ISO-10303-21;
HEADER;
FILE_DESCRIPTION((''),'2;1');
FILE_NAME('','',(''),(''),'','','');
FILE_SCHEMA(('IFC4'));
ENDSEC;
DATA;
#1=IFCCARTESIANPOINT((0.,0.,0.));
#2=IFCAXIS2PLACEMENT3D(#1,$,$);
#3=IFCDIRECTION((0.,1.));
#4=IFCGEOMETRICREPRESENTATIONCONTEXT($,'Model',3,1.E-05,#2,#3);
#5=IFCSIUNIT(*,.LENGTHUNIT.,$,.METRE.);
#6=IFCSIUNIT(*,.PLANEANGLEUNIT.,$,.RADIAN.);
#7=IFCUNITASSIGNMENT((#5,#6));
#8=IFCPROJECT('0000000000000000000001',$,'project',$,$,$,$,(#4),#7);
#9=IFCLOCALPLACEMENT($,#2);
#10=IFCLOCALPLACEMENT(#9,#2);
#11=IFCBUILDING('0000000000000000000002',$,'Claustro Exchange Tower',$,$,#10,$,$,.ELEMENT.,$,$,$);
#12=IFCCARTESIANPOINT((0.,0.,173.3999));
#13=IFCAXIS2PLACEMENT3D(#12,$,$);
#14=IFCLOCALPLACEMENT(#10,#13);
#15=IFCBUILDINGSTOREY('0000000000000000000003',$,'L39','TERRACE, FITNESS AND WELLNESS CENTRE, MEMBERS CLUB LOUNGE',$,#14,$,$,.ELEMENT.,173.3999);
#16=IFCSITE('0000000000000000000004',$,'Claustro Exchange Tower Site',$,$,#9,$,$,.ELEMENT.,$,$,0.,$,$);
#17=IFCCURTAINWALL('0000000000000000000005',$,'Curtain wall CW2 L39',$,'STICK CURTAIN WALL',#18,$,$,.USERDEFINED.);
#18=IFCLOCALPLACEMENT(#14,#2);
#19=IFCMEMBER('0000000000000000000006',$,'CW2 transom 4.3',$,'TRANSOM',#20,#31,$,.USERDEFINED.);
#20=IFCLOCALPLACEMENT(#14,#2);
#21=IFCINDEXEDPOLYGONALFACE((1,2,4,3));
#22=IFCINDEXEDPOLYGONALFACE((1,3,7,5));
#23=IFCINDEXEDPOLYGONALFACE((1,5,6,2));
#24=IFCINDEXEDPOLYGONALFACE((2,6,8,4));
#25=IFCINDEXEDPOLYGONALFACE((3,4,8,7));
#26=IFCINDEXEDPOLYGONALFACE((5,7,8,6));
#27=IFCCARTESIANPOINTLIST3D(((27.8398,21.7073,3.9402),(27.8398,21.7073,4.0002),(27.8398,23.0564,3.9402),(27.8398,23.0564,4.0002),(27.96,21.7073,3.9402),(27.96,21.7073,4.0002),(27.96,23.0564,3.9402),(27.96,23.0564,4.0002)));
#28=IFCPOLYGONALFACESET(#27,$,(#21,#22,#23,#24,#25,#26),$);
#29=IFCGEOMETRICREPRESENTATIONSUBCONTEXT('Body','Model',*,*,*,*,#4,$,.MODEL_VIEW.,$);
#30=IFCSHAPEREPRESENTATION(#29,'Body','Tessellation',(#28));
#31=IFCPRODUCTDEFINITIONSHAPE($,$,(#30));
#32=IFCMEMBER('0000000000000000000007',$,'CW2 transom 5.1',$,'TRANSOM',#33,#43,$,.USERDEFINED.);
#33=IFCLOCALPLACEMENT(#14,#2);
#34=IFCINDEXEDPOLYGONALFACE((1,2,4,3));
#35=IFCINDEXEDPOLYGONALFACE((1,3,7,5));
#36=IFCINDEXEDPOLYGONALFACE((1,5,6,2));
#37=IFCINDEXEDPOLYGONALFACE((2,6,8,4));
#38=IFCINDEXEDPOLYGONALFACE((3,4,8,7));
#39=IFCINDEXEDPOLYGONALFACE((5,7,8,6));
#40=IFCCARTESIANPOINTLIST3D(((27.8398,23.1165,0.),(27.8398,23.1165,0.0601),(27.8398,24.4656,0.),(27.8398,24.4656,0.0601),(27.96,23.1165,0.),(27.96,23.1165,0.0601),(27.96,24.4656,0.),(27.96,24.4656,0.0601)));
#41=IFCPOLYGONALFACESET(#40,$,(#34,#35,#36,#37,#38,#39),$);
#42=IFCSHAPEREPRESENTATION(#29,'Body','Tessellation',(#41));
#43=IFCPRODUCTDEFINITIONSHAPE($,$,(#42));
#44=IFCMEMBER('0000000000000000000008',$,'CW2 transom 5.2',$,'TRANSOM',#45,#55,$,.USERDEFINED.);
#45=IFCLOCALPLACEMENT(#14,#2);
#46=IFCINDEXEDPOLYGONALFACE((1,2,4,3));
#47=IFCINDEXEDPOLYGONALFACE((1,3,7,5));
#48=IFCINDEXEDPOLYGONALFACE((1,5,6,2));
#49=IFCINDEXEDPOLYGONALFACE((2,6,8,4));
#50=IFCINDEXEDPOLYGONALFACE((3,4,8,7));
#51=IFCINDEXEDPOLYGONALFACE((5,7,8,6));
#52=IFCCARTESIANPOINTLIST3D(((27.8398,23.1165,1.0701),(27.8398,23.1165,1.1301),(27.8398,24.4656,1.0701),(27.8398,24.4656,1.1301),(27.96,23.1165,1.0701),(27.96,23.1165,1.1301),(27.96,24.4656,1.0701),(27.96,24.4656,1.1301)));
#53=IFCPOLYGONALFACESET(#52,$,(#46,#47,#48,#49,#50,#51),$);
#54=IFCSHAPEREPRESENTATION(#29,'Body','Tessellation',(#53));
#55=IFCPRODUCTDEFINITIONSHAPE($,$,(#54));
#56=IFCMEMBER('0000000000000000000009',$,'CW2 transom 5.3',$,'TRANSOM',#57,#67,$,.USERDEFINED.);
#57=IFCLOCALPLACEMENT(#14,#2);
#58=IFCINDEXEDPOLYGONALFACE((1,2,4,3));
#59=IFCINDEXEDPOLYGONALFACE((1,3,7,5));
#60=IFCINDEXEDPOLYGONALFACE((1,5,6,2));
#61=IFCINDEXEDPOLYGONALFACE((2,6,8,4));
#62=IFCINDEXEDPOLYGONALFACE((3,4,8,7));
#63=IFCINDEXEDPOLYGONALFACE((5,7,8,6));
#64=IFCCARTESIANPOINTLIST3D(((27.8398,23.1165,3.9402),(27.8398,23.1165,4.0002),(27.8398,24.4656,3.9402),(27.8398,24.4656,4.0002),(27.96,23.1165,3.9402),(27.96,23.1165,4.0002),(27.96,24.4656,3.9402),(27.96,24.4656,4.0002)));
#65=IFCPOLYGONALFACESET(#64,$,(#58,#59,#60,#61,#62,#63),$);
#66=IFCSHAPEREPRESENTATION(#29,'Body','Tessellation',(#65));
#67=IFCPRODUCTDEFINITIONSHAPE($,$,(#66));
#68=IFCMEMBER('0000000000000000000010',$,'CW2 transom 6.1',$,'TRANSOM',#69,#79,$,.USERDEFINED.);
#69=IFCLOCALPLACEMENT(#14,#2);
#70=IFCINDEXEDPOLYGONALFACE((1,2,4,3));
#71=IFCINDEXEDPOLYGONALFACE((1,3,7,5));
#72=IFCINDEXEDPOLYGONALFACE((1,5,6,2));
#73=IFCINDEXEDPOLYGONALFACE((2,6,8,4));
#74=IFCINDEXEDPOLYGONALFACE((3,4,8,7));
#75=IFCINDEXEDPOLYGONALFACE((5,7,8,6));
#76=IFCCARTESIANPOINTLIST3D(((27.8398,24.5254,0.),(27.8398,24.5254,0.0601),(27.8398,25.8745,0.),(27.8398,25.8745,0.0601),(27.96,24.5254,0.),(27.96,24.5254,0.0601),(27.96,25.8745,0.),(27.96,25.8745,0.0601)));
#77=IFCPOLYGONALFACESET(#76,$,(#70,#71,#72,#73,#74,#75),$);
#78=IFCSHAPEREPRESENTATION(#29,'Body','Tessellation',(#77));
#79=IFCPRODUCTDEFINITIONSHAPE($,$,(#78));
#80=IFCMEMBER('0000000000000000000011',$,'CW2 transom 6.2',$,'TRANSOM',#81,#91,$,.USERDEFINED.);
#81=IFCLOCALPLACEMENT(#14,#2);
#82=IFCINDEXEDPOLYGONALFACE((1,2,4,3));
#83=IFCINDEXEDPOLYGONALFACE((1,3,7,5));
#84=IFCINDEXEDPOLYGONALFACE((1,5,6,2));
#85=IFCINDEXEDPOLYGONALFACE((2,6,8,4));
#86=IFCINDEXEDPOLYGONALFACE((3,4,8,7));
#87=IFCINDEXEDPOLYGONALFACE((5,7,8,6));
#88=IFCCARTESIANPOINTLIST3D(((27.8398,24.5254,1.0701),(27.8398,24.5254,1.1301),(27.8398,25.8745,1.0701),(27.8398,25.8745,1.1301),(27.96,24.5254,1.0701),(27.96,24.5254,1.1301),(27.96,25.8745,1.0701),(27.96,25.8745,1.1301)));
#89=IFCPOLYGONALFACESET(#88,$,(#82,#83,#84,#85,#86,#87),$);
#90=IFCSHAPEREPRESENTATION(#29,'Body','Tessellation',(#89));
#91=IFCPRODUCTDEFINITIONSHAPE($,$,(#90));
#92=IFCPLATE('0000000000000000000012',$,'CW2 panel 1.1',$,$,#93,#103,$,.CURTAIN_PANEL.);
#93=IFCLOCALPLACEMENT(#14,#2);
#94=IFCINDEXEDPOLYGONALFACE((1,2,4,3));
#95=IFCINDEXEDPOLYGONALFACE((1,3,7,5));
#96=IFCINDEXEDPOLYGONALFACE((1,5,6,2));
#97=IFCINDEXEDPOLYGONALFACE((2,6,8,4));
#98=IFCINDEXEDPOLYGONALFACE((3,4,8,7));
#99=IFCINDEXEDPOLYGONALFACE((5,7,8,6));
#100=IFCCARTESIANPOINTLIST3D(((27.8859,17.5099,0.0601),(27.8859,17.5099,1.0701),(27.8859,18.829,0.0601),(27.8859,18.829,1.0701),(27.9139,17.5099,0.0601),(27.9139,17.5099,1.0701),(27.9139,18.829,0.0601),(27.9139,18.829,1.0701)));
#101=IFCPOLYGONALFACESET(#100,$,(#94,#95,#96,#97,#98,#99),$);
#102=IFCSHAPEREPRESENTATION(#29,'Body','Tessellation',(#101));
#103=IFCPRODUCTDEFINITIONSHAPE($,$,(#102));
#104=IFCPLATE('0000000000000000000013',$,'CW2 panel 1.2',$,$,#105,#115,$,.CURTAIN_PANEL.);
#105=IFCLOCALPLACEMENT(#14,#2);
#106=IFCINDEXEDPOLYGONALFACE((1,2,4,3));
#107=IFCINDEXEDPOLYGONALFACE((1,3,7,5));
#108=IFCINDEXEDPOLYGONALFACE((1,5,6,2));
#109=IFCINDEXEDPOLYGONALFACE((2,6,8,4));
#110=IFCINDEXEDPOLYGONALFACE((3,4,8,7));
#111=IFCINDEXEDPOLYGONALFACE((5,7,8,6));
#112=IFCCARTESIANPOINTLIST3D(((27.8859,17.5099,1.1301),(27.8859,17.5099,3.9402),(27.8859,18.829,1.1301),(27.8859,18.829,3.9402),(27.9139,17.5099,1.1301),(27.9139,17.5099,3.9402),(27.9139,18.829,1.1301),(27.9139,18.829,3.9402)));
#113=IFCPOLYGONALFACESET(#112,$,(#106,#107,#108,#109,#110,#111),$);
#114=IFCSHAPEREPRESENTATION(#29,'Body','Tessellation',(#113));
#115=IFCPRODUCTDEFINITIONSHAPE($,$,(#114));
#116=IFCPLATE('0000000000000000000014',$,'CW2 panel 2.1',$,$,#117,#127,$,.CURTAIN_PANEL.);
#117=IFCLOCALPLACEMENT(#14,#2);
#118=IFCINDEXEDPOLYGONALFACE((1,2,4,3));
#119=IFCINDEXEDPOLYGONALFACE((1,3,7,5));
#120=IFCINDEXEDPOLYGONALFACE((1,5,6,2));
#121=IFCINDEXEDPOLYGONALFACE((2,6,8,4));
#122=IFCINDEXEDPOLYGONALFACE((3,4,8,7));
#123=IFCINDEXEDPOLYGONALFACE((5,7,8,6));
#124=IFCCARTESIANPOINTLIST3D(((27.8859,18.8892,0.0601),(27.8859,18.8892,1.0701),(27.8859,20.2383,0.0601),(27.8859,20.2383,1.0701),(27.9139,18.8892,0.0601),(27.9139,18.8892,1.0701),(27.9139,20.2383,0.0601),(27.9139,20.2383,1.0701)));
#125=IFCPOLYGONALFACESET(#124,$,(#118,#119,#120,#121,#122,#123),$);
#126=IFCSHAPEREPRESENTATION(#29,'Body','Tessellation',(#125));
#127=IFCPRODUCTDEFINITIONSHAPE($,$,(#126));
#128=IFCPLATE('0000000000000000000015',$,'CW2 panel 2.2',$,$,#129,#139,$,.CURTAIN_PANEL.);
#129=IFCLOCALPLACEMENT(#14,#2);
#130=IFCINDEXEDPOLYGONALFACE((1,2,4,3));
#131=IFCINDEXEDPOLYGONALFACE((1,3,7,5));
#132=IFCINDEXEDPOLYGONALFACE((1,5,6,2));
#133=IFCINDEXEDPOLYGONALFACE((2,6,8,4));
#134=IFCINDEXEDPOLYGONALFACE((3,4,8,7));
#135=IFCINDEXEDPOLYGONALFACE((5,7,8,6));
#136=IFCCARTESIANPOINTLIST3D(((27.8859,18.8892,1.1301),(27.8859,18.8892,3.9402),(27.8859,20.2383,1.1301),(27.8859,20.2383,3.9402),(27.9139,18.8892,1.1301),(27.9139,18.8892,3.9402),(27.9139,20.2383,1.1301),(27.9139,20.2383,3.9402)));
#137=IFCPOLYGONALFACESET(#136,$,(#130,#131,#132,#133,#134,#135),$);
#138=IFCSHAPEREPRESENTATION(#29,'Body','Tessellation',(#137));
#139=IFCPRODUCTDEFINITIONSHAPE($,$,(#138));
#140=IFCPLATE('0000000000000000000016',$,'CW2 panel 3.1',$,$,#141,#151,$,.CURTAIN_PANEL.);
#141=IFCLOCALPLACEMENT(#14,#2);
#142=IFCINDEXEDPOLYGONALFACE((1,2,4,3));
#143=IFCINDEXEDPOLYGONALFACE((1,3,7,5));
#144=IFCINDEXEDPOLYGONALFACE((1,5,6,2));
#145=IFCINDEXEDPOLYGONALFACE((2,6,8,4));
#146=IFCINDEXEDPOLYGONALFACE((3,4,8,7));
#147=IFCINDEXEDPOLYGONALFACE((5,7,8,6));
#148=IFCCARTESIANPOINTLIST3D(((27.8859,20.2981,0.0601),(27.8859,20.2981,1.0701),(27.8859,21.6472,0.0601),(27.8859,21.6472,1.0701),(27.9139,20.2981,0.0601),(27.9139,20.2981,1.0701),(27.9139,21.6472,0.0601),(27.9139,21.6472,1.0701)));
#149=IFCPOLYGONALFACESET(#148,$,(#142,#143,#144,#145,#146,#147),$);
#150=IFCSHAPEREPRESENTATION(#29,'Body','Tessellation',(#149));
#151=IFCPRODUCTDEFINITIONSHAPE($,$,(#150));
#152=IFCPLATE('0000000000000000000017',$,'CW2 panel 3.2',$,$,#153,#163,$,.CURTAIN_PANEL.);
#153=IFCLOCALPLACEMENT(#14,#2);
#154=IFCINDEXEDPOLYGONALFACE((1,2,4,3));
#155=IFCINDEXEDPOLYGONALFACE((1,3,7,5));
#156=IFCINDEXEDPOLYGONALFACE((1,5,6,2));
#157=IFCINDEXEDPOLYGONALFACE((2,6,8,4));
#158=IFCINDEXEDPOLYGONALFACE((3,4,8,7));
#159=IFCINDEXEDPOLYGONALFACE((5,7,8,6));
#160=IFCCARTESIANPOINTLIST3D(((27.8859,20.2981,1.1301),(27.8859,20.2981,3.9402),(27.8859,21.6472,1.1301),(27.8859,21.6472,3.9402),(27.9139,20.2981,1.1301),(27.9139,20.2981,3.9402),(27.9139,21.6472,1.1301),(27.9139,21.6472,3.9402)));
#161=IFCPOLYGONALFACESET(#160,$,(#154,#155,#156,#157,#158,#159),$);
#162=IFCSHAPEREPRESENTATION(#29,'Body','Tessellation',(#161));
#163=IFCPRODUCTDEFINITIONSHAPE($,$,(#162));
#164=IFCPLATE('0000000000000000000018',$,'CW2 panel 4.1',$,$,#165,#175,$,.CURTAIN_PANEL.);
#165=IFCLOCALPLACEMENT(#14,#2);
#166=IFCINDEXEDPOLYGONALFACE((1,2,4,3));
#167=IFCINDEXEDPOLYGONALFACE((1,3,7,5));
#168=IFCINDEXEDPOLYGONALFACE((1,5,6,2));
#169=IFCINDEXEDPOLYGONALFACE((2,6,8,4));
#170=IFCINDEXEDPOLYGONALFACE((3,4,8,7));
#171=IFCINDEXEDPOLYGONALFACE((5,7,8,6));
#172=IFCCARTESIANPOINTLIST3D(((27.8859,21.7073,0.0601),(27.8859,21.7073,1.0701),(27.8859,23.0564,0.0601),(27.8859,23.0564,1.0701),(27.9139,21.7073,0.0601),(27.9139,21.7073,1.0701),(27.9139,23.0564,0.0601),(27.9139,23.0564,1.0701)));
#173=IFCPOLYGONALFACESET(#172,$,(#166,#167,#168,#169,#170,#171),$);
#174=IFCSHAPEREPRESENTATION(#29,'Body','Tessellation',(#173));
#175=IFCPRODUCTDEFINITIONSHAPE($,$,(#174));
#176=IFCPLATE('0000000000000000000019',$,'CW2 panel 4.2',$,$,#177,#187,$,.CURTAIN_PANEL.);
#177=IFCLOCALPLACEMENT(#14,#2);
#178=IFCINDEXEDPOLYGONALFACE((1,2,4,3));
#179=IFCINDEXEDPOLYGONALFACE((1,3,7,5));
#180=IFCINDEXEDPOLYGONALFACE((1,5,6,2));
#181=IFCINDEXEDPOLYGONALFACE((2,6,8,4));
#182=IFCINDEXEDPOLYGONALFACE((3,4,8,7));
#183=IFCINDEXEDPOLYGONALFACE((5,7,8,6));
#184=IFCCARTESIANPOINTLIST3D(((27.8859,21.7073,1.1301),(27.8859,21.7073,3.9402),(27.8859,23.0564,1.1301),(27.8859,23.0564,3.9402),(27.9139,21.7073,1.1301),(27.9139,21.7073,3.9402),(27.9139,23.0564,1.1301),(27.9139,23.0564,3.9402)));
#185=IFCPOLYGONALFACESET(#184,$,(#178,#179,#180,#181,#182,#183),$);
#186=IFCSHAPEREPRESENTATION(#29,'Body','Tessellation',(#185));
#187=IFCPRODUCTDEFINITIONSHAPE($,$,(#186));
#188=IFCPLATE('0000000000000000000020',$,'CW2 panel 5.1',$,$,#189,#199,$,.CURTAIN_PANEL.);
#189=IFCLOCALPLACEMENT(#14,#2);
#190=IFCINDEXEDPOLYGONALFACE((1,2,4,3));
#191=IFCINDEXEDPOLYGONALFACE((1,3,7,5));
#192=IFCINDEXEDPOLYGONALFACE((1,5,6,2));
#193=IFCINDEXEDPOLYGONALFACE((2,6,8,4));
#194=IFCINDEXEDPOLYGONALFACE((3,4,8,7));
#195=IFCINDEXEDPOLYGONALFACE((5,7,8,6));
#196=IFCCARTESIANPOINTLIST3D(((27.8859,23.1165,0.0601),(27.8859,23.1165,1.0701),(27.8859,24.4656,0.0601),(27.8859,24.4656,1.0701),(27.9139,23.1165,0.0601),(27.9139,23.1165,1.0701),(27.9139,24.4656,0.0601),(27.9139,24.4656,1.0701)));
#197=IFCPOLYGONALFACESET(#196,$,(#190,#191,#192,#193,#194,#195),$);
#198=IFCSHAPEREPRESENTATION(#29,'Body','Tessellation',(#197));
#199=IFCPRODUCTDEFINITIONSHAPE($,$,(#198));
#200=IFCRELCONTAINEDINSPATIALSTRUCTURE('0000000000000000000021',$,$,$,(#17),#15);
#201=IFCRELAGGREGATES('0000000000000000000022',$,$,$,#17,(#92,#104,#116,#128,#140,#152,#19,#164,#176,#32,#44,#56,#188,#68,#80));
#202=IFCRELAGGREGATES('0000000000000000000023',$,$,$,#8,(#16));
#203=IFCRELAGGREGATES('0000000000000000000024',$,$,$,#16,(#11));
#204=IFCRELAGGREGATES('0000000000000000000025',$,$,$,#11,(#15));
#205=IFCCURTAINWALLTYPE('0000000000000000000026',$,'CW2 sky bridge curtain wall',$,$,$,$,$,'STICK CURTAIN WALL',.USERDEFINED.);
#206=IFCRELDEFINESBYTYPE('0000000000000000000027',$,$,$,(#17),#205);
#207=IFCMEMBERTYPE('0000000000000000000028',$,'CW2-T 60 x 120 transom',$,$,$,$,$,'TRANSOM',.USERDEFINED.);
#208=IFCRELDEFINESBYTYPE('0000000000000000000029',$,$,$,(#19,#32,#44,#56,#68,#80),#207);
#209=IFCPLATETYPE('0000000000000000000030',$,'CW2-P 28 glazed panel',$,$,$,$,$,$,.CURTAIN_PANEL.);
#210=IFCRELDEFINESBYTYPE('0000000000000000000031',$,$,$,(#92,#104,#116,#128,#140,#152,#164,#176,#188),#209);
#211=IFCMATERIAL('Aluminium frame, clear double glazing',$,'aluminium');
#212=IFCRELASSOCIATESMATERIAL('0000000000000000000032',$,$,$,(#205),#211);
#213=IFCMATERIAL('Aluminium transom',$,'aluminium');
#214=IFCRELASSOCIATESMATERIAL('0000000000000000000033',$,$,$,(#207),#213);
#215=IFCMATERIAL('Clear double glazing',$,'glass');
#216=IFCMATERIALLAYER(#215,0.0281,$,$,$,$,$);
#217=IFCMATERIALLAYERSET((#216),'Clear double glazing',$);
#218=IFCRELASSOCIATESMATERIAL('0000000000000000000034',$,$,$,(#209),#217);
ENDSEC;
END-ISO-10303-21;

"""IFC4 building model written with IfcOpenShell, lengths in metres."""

from ifc_helpers import new_model, si_unit, direction, frame, origin, origin_2d, place, context, subcontext, project, spatial, rectangle, extrude, material, layer, layer_set, material_profile, profile_set, type_object, element, aggregate, save


model = new_model("IFC4")

# Units and contexts
model_context = context("Model", 3, precision=1e-05, world=origin(), true_north=direction((0.0, 1.0)))
body_context = subcontext(model_context, "Body", "Model", "MODEL_VIEW")
ifc_project = project(units=[si_unit("LENGTHUNIT", "METRE"), si_unit("PLANEANGLEUNIT", "RADIAN")], contexts=[model_context])

# Site, building, storey
site_placement = place(None, origin())
site = spatial("IfcSite", under=ifc_project, at=site_placement, Name="Claustro Exchange Tower Site", CompositionType="ELEMENT", RefElevation=0.0)
building_placement = place(site_placement, origin())
building = spatial("IfcBuilding", under=site, at=building_placement, Name="Claustro Exchange Tower", CompositionType="ELEMENT")
storey_placement = place(building_placement, frame((0.0, 0.0, 173.3999)))
storey = spatial("IfcBuildingStorey", under=building, at=storey_placement, Name="L39", Description="TERRACE, FITNESS AND WELLNESS CENTRE, MEMBERS CLUB LOUNGE", CompositionType="ELEMENT", Elevation=173.3999)

# Curtain wall, members, plates
ifc_material_1 = material(Name="Aluminium frame, clear double glazing", Category="aluminium")
curtain_wall_type = type_object("IfcCurtainWallType", Name="CW2 sky bridge curtain wall", ElementType="STICK CURTAIN WALL", PredefinedType="USERDEFINED", material=ifc_material_1)
curtain_wall_placement = place(storey_placement, origin())
curtain_wall = element("IfcCurtainWall", 1, at=curtain_wall_placement, inside=storey, type_object=curtain_wall_type, Name="Curtain wall CW2 L39", ObjectType="STICK CURTAIN WALL", PredefinedType="USERDEFINED")
ifc_material_2 = material(Name="Aluminium transom", Category="aluminium")
ifc_material_profile_1 = material_profile(ifc_material_2, rectangle(XDim=0.1201, YDim=0.0601, at=origin_2d()), Name="CW2-T 60x120")
ifc_profile_set_1 = profile_set([ifc_material_profile_1], Name="Aluminium transom")
member_type_1 = type_object("IfcMemberType", Name="CW2-T 60 x 120 transom", ElementType="TRANSOM", PredefinedType="USERDEFINED", material=ifc_profile_set_1)
member_1_placement = place(storey_placement, frame((27.8999, 21.7073, 3.9702), z_axis=(0.0, 1.0, 0.0), x_axis=(-1.0, 0.0, 0.0)))
member_1 = element("IfcMember", 2, at=member_1_placement, type_object=member_type_1, Name="CW2 transom 4.3", ObjectType="TRANSOM", PredefinedType="USERDEFINED", context=body_context, shape_type="SweptSolid", body=[
    extrude(rectangle(XDim=0.1201, YDim=0.0601, at=origin_2d()), origin(), (0.0, 0.0, 1.0), 1.3491),
])
member_2_placement = place(storey_placement, frame((27.8999, 23.1165, 0.03), z_axis=(0.0, 1.0, 0.0), x_axis=(-1.0, 0.0, 0.0)))
member_2 = element("IfcMember", 3, at=member_2_placement, type_object=member_type_1, Name="CW2 transom 5.1", ObjectType="TRANSOM", PredefinedType="USERDEFINED", context=body_context, shape_type="SweptSolid", body=[
    extrude(rectangle(XDim=0.1201, YDim=0.0601, at=origin_2d()), origin(), (0.0, 0.0, 1.0), 1.3491),
])
member_3_placement = place(storey_placement, frame((27.8999, 23.1165, 1.1001), z_axis=(0.0, 1.0, 0.0), x_axis=(-1.0, 0.0, 0.0)))
member_3 = element("IfcMember", 4, at=member_3_placement, type_object=member_type_1, Name="CW2 transom 5.2", ObjectType="TRANSOM", PredefinedType="USERDEFINED", context=body_context, shape_type="SweptSolid", body=[
    extrude(rectangle(XDim=0.1201, YDim=0.0601, at=origin_2d()), origin(), (0.0, 0.0, 1.0), 1.3491),
])
member_4_placement = place(storey_placement, frame((27.8999, 23.1165, 3.9702), z_axis=(0.0, 1.0, 0.0), x_axis=(-1.0, 0.0, 0.0)))
member_4 = element("IfcMember", 5, at=member_4_placement, type_object=member_type_1, Name="CW2 transom 5.3", ObjectType="TRANSOM", PredefinedType="USERDEFINED", context=body_context, shape_type="SweptSolid", body=[
    extrude(rectangle(XDim=0.1201, YDim=0.0601, at=origin_2d()), origin(), (0.0, 0.0, 1.0), 1.3491),
])
member_5_placement = place(storey_placement, frame((27.8999, 24.5254, 0.03), z_axis=(0.0, 1.0, 0.0), x_axis=(-1.0, 0.0, 0.0)))
member_5 = element("IfcMember", 6, at=member_5_placement, type_object=member_type_1, Name="CW2 transom 6.1", ObjectType="TRANSOM", PredefinedType="USERDEFINED", context=body_context, shape_type="SweptSolid", body=[
    extrude(rectangle(XDim=0.1201, YDim=0.0601, at=origin_2d()), origin(), (0.0, 0.0, 1.0), 1.3491),
])
member_6_placement = place(storey_placement, frame((27.8999, 24.5254, 1.1001), z_axis=(0.0, 1.0, 0.0), x_axis=(-1.0, 0.0, 0.0)))
member_6 = element("IfcMember", 7, at=member_6_placement, type_object=member_type_1, Name="CW2 transom 6.2", ObjectType="TRANSOM", PredefinedType="USERDEFINED", context=body_context, shape_type="SweptSolid", body=[
    extrude(rectangle(XDim=0.1201, YDim=0.0601, at=origin_2d()), origin(), (0.0, 0.0, 1.0), 1.3491),
])
ifc_material_3 = material(Name="Clear double glazing", Category="glass")
ifc_layer = layer(ifc_material_3, 0.0281)
ifc_layer_set = layer_set([ifc_layer], Name="Clear double glazing")
plate_type = type_object("IfcPlateType", Name="CW2-P 28 glazed panel", PredefinedType="CURTAIN_PANEL", material=ifc_layer_set)
plate_1_placement = place(storey_placement, frame((27.8999, 18.1694, 0.0601), z_axis=(0.0, 0.0, 1.0), x_axis=(0.0, 1.0, 0.0)))
plate_1 = element("IfcPlate", 8, at=plate_1_placement, type_object=plate_type, Name="CW2 panel 1.1", PredefinedType="CURTAIN_PANEL", context=body_context, shape_type="SweptSolid", body=[
    extrude(rectangle(XDim=1.3191, YDim=0.0281, at=origin_2d()), origin(), (0.0, 0.0, 1.0), 1.01),
])
plate_2_placement = place(storey_placement, frame((27.8999, 18.1694, 1.1301), z_axis=(0.0, 0.0, 1.0), x_axis=(0.0, 1.0, 0.0)))
plate_2 = element("IfcPlate", 9, at=plate_2_placement, type_object=plate_type, Name="CW2 panel 1.2", PredefinedType="CURTAIN_PANEL", context=body_context, shape_type="SweptSolid", body=[
    extrude(rectangle(XDim=1.3191, YDim=0.0281, at=origin_2d()), origin(), (0.0, 0.0, 1.0), 2.8101),
])
plate_3_placement = place(storey_placement, frame((27.8999, 19.5637, 0.0601), z_axis=(0.0, 0.0, 1.0), x_axis=(0.0, 1.0, 0.0)))
plate_3 = element("IfcPlate", 10, at=plate_3_placement, type_object=plate_type, Name="CW2 panel 2.1", PredefinedType="CURTAIN_PANEL", context=body_context, shape_type="SweptSolid", body=[
    extrude(rectangle(XDim=1.3491, YDim=0.0281, at=origin_2d()), origin(), (0.0, 0.0, 1.0), 1.01),
])
plate_4_placement = place(storey_placement, frame((27.8999, 19.5637, 1.1301), z_axis=(0.0, 0.0, 1.0), x_axis=(0.0, 1.0, 0.0)))
plate_4 = element("IfcPlate", 11, at=plate_4_placement, type_object=plate_type, Name="CW2 panel 2.2", PredefinedType="CURTAIN_PANEL", context=body_context, shape_type="SweptSolid", body=[
    extrude(rectangle(XDim=1.3491, YDim=0.0281, at=origin_2d()), origin(), (0.0, 0.0, 1.0), 2.8101),
])
plate_5_placement = place(storey_placement, frame((27.8999, 20.9727, 0.0601), z_axis=(0.0, 0.0, 1.0), x_axis=(0.0, 1.0, 0.0)))
plate_5 = element("IfcPlate", 12, at=plate_5_placement, type_object=plate_type, Name="CW2 panel 3.1", PredefinedType="CURTAIN_PANEL", context=body_context, shape_type="SweptSolid", body=[
    extrude(rectangle(XDim=1.3491, YDim=0.0281, at=origin_2d()), origin(), (0.0, 0.0, 1.0), 1.01),
])
plate_6_placement = place(storey_placement, frame((27.8999, 20.9727, 1.1301), z_axis=(0.0, 0.0, 1.0), x_axis=(0.0, 1.0, 0.0)))
plate_6 = element("IfcPlate", 13, at=plate_6_placement, type_object=plate_type, Name="CW2 panel 3.2", PredefinedType="CURTAIN_PANEL", context=body_context, shape_type="SweptSolid", body=[
    extrude(rectangle(XDim=1.3491, YDim=0.0281, at=origin_2d()), origin(), (0.0, 0.0, 1.0), 2.8101),
])
plate_7_placement = place(storey_placement, frame((27.8999, 22.3818, 0.0601), z_axis=(0.0, 0.0, 1.0), x_axis=(0.0, 1.0, 0.0)))
plate_7 = element("IfcPlate", 14, at=plate_7_placement, type_object=plate_type, Name="CW2 panel 4.1", PredefinedType="CURTAIN_PANEL", context=body_context, shape_type="SweptSolid", body=[
    extrude(rectangle(XDim=1.3491, YDim=0.0281, at=origin_2d()), origin(), (0.0, 0.0, 1.0), 1.01),
])
plate_8_placement = place(storey_placement, frame((27.8999, 22.3818, 1.1301), z_axis=(0.0, 0.0, 1.0), x_axis=(0.0, 1.0, 0.0)))
plate_8 = element("IfcPlate", 15, at=plate_8_placement, type_object=plate_type, Name="CW2 panel 4.2", PredefinedType="CURTAIN_PANEL", context=body_context, shape_type="SweptSolid", body=[
    extrude(rectangle(XDim=1.3491, YDim=0.0281, at=origin_2d()), origin(), (0.0, 0.0, 1.0), 2.8101),
])
plate_9_placement = place(storey_placement, frame((27.8999, 23.791, 0.0601), z_axis=(0.0, 0.0, 1.0), x_axis=(0.0, 1.0, 0.0)))
plate_9 = element("IfcPlate", 16, at=plate_9_placement, type_object=plate_type, Name="CW2 panel 5.1", PredefinedType="CURTAIN_PANEL", context=body_context, shape_type="SweptSolid", body=[
    extrude(rectangle(XDim=1.3491, YDim=0.0281, at=origin_2d()), origin(), (0.0, 0.0, 1.0), 1.01),
])
aggregate(curtain_wall, [plate_1, plate_2, plate_3, plate_4, plate_5, plate_6, member_1, plate_7, plate_8, member_2, member_3, member_4, plate_9, member_5, member_6])

save(model, "model.ifc")
